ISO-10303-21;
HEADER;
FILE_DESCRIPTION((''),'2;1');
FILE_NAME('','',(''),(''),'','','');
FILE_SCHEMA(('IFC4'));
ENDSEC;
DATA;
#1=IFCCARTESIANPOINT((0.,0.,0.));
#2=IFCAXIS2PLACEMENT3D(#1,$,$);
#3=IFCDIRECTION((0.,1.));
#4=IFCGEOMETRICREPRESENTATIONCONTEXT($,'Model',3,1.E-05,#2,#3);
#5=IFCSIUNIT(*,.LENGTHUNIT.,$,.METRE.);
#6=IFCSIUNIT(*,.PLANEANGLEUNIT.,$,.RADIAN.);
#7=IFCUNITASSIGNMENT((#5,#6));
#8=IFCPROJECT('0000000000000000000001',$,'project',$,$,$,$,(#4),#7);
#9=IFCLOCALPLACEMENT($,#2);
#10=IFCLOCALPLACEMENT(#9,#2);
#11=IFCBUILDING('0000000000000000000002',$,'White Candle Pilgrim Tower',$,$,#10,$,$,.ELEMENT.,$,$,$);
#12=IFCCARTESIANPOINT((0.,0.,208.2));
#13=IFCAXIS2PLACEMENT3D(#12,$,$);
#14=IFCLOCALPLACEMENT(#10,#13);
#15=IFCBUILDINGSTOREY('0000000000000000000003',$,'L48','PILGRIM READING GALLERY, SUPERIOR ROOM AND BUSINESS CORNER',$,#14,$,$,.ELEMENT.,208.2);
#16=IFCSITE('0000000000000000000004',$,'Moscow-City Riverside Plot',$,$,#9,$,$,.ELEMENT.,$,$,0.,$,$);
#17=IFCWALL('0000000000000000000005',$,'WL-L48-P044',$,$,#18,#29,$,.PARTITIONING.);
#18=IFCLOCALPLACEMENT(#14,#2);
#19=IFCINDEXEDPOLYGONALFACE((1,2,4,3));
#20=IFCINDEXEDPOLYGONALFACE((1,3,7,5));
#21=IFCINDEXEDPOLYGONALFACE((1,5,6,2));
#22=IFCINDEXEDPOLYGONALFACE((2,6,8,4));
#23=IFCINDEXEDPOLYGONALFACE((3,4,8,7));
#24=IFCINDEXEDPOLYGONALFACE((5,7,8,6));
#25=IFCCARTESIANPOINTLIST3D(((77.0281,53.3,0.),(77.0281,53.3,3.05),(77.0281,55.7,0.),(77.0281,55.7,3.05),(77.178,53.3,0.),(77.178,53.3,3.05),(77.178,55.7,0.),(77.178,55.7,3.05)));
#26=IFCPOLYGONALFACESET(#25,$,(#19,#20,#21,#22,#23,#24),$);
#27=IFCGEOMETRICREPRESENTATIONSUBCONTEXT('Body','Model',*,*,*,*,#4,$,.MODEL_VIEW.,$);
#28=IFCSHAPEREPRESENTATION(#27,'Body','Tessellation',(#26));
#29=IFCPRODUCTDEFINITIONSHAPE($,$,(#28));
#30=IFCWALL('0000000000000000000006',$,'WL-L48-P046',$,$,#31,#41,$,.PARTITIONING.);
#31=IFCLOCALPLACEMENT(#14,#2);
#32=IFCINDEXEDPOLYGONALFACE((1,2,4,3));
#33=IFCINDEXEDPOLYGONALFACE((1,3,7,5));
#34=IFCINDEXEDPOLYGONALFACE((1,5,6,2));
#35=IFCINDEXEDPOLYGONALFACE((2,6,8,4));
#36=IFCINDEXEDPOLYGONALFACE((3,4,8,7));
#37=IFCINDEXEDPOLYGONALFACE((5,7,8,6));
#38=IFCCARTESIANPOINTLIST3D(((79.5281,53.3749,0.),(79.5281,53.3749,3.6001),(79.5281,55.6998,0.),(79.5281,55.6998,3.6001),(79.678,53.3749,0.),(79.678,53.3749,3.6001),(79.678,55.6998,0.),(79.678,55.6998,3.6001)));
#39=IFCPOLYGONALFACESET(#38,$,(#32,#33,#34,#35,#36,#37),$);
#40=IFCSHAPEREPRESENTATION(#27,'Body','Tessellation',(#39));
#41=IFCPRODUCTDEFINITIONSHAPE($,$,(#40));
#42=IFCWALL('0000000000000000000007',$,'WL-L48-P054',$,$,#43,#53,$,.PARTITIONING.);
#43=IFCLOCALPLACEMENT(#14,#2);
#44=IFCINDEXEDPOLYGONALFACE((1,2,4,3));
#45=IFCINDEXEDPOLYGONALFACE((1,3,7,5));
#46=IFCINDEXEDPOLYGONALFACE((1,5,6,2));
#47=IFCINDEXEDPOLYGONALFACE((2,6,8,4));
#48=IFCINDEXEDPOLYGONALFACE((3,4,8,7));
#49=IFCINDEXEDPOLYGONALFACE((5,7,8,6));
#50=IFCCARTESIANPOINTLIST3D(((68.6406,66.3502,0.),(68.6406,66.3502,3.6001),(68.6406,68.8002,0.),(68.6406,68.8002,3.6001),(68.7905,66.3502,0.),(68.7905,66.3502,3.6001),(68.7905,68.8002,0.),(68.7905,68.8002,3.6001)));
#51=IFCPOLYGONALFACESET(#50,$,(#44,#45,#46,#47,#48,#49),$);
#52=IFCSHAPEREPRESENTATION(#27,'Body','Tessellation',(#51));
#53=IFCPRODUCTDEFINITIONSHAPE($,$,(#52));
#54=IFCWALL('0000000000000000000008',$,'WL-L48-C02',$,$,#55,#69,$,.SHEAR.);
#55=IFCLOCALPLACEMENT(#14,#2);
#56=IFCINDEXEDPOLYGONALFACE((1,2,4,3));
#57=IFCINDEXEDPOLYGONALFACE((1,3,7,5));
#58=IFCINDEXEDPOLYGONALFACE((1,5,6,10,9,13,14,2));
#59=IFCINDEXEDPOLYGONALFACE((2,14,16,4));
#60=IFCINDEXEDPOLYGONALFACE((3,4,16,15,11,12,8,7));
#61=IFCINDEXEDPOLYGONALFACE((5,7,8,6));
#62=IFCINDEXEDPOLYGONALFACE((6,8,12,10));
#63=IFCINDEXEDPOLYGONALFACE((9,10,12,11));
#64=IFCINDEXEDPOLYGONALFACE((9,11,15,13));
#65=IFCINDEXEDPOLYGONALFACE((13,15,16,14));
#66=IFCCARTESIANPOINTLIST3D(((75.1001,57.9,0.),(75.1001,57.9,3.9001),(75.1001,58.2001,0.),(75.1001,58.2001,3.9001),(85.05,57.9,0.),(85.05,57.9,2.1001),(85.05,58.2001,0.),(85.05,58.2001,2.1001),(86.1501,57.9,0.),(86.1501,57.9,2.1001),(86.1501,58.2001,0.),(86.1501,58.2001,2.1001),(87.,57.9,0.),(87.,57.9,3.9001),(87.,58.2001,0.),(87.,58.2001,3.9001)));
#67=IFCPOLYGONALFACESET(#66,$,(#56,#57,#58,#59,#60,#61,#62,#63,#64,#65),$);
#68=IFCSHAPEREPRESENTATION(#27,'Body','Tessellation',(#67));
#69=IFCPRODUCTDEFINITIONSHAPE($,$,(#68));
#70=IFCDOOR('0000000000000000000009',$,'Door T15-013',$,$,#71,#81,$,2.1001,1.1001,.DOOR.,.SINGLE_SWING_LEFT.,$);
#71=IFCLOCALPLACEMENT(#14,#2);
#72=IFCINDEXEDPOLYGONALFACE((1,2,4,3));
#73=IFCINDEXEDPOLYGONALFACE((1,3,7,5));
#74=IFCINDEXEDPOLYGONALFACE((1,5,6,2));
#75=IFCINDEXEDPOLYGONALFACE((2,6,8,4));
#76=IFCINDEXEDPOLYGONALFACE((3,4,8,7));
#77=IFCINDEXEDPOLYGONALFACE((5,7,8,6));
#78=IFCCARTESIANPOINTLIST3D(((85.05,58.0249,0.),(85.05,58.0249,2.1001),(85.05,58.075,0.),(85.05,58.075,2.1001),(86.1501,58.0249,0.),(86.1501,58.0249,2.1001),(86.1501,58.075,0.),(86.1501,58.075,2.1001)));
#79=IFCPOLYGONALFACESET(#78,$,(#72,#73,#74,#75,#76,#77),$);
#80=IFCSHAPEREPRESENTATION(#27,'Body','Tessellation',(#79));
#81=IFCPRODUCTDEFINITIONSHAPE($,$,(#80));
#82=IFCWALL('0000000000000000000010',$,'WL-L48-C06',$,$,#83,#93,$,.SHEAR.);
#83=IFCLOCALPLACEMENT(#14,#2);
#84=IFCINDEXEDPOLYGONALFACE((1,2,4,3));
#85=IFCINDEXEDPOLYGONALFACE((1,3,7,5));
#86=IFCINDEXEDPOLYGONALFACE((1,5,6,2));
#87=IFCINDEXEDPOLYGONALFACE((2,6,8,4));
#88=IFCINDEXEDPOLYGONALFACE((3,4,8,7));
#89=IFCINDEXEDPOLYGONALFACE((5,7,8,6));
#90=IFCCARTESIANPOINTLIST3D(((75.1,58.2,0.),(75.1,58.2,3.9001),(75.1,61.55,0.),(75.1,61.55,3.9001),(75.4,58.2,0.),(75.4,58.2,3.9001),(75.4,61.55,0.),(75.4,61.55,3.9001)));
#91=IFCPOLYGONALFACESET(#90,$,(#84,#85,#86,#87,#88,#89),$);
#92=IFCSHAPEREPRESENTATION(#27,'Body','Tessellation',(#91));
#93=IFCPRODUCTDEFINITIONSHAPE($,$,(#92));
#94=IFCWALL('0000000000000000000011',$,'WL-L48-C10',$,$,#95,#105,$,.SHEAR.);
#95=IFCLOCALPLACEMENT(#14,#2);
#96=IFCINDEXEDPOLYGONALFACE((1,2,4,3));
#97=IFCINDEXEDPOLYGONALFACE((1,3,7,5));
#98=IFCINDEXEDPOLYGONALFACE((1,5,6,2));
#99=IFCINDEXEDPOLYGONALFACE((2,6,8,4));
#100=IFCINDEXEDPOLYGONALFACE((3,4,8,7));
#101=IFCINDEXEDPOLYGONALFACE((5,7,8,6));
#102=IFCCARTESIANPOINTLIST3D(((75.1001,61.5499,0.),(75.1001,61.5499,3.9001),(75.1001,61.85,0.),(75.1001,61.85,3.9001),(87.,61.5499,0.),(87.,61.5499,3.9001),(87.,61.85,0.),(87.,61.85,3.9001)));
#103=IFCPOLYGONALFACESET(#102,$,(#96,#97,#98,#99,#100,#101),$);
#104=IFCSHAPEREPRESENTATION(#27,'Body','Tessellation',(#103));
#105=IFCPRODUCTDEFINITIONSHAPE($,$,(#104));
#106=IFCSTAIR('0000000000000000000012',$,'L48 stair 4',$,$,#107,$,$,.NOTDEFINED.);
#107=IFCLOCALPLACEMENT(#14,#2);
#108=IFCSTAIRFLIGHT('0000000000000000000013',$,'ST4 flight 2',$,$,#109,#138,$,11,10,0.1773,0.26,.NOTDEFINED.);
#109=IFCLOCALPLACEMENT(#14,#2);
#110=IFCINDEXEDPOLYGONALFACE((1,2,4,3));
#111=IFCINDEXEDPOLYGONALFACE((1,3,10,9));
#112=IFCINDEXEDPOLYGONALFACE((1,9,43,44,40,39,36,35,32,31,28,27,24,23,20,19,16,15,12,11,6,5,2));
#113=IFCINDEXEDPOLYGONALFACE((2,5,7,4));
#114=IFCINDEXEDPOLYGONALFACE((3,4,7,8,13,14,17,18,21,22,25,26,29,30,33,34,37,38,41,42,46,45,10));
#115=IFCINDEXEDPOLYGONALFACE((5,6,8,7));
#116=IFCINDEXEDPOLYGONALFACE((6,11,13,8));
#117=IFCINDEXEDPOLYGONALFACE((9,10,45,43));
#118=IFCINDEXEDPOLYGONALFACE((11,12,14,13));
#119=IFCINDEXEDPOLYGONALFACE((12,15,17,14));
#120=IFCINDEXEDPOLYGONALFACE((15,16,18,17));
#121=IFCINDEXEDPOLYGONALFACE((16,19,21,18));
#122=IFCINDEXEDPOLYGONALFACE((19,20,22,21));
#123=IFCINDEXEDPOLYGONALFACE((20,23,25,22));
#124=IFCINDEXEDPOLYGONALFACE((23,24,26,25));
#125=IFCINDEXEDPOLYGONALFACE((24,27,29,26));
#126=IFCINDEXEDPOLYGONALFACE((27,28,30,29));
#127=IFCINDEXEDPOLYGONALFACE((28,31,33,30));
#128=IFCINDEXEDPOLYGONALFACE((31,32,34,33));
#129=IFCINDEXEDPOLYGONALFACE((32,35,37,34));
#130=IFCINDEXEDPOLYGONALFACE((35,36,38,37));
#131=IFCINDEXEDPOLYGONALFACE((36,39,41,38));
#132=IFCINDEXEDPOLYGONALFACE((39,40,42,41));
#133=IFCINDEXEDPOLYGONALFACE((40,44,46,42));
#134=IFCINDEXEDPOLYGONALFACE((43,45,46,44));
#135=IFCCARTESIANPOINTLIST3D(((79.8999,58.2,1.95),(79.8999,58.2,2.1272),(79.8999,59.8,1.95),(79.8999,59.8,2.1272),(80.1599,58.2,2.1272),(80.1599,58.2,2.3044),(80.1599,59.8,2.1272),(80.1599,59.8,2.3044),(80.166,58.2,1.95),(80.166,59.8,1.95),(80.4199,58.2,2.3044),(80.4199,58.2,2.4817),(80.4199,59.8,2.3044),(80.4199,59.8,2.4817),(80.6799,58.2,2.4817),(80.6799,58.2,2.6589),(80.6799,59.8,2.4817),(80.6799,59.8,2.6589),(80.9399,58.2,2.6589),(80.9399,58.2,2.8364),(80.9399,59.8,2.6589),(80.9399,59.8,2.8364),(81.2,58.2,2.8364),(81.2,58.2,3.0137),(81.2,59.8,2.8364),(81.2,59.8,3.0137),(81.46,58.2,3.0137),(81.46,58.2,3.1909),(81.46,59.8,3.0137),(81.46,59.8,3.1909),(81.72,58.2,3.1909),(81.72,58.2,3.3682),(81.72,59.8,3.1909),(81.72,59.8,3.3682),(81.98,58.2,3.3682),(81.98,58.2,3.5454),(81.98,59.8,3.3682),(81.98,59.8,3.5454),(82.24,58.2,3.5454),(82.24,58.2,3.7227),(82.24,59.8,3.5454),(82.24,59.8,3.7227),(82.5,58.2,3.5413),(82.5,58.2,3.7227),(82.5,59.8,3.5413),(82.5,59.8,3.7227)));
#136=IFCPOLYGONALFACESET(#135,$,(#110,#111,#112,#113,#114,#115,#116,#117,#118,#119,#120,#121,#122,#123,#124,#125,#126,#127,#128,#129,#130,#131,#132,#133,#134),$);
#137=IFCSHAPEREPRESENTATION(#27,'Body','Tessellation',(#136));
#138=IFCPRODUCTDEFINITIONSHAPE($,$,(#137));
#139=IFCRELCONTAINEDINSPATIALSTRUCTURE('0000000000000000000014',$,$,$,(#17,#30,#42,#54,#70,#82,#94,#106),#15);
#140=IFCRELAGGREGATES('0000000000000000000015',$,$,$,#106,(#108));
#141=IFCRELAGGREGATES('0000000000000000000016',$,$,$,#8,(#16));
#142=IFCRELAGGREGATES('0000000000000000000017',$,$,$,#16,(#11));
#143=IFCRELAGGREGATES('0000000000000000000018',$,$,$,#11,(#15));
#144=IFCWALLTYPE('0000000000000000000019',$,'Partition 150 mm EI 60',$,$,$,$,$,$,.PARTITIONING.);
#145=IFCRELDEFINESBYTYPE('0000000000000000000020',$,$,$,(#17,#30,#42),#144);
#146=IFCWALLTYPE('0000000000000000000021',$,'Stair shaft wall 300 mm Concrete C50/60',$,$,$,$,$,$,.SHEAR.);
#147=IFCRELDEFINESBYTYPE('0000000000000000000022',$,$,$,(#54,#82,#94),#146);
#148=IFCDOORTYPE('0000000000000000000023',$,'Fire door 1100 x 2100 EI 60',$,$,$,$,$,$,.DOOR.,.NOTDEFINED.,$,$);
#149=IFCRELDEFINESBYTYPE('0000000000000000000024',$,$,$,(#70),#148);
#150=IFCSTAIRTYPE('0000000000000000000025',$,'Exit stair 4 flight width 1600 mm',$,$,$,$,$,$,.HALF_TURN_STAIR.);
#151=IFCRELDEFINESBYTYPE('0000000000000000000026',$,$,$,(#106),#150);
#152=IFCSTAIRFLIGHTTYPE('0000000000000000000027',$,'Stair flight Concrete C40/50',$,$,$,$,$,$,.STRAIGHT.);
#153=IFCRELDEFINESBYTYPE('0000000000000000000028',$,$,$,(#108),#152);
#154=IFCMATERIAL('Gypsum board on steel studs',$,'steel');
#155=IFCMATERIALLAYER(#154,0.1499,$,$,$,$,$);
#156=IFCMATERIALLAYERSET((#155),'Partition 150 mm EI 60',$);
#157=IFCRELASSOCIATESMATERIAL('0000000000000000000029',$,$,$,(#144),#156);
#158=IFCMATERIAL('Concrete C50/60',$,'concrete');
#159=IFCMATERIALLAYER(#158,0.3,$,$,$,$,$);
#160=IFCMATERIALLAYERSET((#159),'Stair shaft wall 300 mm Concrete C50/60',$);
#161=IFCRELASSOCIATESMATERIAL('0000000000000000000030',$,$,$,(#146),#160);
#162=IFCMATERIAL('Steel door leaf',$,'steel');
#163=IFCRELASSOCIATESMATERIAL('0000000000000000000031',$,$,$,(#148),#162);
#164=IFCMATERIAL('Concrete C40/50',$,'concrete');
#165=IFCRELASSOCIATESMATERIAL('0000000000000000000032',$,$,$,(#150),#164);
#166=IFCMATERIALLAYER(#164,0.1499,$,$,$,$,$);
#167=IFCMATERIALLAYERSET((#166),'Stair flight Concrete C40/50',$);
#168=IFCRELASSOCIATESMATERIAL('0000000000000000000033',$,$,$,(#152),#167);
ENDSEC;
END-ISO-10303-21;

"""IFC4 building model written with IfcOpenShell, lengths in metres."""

from ifc_helpers import new_model, si_unit, direction, frame, frame_2d, origin, place, context, subcontext, project, spatial, polyline, rectangle, outline, extrude, material, layer, layer_set, type_object, element, fill, aggregate, save


model = new_model("IFC4")

# Units and contexts
model_context = context("Model", 3, precision=1e-05, world=origin(), true_north=direction((0.0, 1.0)))
body_context = subcontext(model_context, "Body", "Model", "MODEL_VIEW")
ifc_project = project(units=[si_unit("LENGTHUNIT", "METRE"), si_unit("PLANEANGLEUNIT", "RADIAN")], contexts=[model_context])

# Site, building, storey
site_placement = place(None, origin())
site = spatial("IfcSite", under=ifc_project, at=site_placement, Name="Moscow-City Riverside Plot", CompositionType="ELEMENT", RefElevation=0.0)
building_placement = place(site_placement, origin())
building = spatial("IfcBuilding", under=site, at=building_placement, Name="White Candle Pilgrim Tower", CompositionType="ELEMENT")
storey_placement = place(building_placement, frame((0.0, 0.0, 208.2)))
storey = spatial("IfcBuildingStorey", under=building, at=storey_placement, Name="L48", Description="PILGRIM READING GALLERY, SUPERIOR ROOM AND BUSINESS CORNER", CompositionType="ELEMENT", Elevation=208.2)

# Shared definitions
ifc_material_1 = material(Name="Concrete C50/60", Category="concrete")

# Shared definitions
ifc_material_2 = material(Name="Gypsum board on steel studs", Category="steel")
ifc_material_3 = material(Name="Steel door leaf", Category="steel")

# Walls
ifc_layer_1 = layer(ifc_material_2, 0.1499)
ifc_layer_set_1 = layer_set([ifc_layer_1], Name="Partition 150 mm EI 60")
wall_type_1 = type_object("IfcWallType", Name="Partition 150 mm EI 60", PredefinedType="PARTITIONING", material=ifc_layer_set_1)
wall_1_placement = place(storey_placement, frame((77.103, 55.7, 0.0), z_axis=(0.0, 0.0, 1.0), x_axis=(0.0, -1.0, 0.0)))
element("IfcWall", 1, at=wall_1_placement, inside=storey, type_object=wall_type_1, Name="WL-L48-P044", PredefinedType="PARTITIONING", context=body_context, shape_type="SweptSolid", body=[
    extrude(rectangle(XDim=2.3999, YDim=0.1499, at=frame_2d((1.2, 0.0))), origin(), (0.0, 0.0, 1.0), 3.05),
])
wall_2_placement = place(storey_placement, frame((79.603, 55.7, 0.0), z_axis=(0.0, 0.0, 1.0), x_axis=(0.0, -1.0, 0.0)))
element("IfcWall", 2, at=wall_2_placement, inside=storey, type_object=wall_type_1, Name="WL-L48-P046", PredefinedType="PARTITIONING", context=body_context, shape_type="SweptSolid", body=[
    extrude(rectangle(XDim=2.325, YDim=0.1499, at=frame_2d((1.1626, 0.0))), origin(), (0.0, 0.0, 1.0), 3.6001),
])
wall_3_placement = place(storey_placement, frame((68.7156, 66.3501, 0.0), z_axis=(0.0, 0.0, 1.0), x_axis=(0.0, 1.0, 0.0)))
element("IfcWall", 3, at=wall_3_placement, inside=storey, type_object=wall_type_1, Name="WL-L48-P054", PredefinedType="PARTITIONING", context=body_context, shape_type="SweptSolid", body=[
    extrude(rectangle(XDim=2.45, YDim=0.1499, at=frame_2d((1.2251, 0.0))), origin(), (0.0, 0.0, 1.0), 3.6001),
])

# Wall, opening, door
ifc_layer_2 = layer(ifc_material_1, 0.3)
ifc_layer_set_2 = layer_set([ifc_layer_2], Name="Stair shaft wall 300 mm Concrete C50/60")
wall_type_2 = type_object("IfcWallType", Name="Stair shaft wall 300 mm Concrete C50/60", PredefinedType="SHEAR", material=ifc_layer_set_2)
wall_4_placement = place(storey_placement, frame((75.1001, 58.05, 0.0), z_axis=(0.0, 0.0, 1.0), x_axis=(1.0, 0.0, 0.0)))
wall_4 = element("IfcWall", 4, at=wall_4_placement, inside=storey, type_object=wall_type_2, Name="WL-L48-C02", PredefinedType="SHEAR", context=body_context, shape_type="SweptSolid", body=[
    extrude(rectangle(XDim=11.8999, YDim=0.3, at=frame_2d((5.95, 0.0))), origin(), (0.0, 0.0, 1.0), 3.9001),
])
opening_1_placement = place(wall_4_placement, frame((9.95, 0.0, 0.0)))
opening_1 = element("IfcOpeningElement", 5, at=opening_1_placement, cuts=wall_4, PredefinedType="OPENING", context=body_context, shape_type="SweptSolid", body=[
    extrude(rectangle(XDim=1.1001, YDim=2.1001, at=frame_2d((0.55, 1.05))), frame((0.0, 0.1599, 0.0), z_axis=(0.0, -1.0, 0.0), x_axis=(1.0, 0.0, 0.0)), (0.0, 0.0, 1.0), 0.3201),
])
door_type_1 = type_object("IfcDoorType", Name="Fire door 1100 x 2100 EI 60", OperationType="NOTDEFINED", PredefinedType="DOOR", material=ifc_material_3)
door_1_placement = place(opening_1_placement, origin())
door_1 = element("IfcDoor", 6, at=door_1_placement, inside=storey, type_object=door_type_1, Name="Door T15-013", OperationType="SINGLE_SWING_LEFT", OverallHeight=2.1001, OverallWidth=1.1001, PredefinedType="DOOR", context=body_context, shape_type="SweptSolid", body=[
    extrude(rectangle(XDim=1.1001, YDim=2.1001, at=frame_2d((0.55, 1.05))), frame((0.0, 0.0249, 0.0), z_axis=(0.0, -1.0, 0.0), x_axis=(1.0, 0.0, 0.0)), (0.0, 0.0, 1.0), 0.05),
])
fill(opening_1, door_1)

# Walls
wall_5_placement = place(storey_placement, frame((75.25, 58.2, 0.0), z_axis=(0.0, 0.0, 1.0), x_axis=(0.0, 1.0, 0.0)))
element("IfcWall", 7, at=wall_5_placement, inside=storey, type_object=wall_type_2, Name="WL-L48-C06", PredefinedType="SHEAR", context=body_context, shape_type="SweptSolid", body=[
    extrude(rectangle(XDim=3.3501, YDim=0.3, at=frame_2d((1.675, 0.0))), origin(), (0.0, 0.0, 1.0), 3.9001),
])
wall_6_placement = place(storey_placement, frame((75.1001, 61.7, 0.0), z_axis=(0.0, 0.0, 1.0), x_axis=(1.0, 0.0, 0.0)))
element("IfcWall", 8, at=wall_6_placement, inside=storey, type_object=wall_type_2, Name="WL-L48-C10", PredefinedType="SHEAR", context=body_context, shape_type="SweptSolid", body=[
    extrude(rectangle(XDim=11.8999, YDim=0.3, at=frame_2d((5.95, 0.0))), origin(), (0.0, 0.0, 1.0), 3.9001),
])

# Stair, stair flight
ifc_material_4 = material(Name="Concrete C40/50", Category="concrete")
stair_type = type_object("IfcStairType", Name="Exit stair 4 flight width 1600 mm", PredefinedType="HALF_TURN_STAIR", material=ifc_material_4)
stair_placement = place(storey_placement, origin())
stair = element("IfcStair", 9, at=stair_placement, inside=storey, type_object=stair_type, Name="L48 stair 4", PredefinedType="NOTDEFINED")
ifc_layer_3 = layer(ifc_material_4, 0.1499)
ifc_layer_set_3 = layer_set([ifc_layer_3], Name="Stair flight Concrete C40/50")
stair_flight_type = type_object("IfcStairFlightType", Name="Stair flight Concrete C40/50", PredefinedType="STRAIGHT", material=ifc_layer_set_3)
stair_flight_placement = place(storey_placement, frame((79.8999, 59.0, 1.95), z_axis=(0.0, 0.0, 1.0), x_axis=(1.0, 0.0, 0.0)))
stair_flight = element("IfcStairFlight", 10, at=stair_flight_placement, type_object=stair_flight_type, Name="ST4 flight 2", NumberOfRisers=11, NumberOfTreads=10, PredefinedType="NOTDEFINED", RiserHeight=0.1773, TreadLength=0.26, context=body_context, shape_type="SweptSolid", body=[
    extrude(outline(polyline([(0.0, 0.0), (0.0, 0.1772), (0.26, 0.1772), (0.26, 0.3545), (0.52, 0.3545), (0.52, 0.5317), (0.78, 0.5317), (0.78, 0.709), (1.04, 0.709), (1.04, 0.8865), (1.3, 0.8865), (1.3, 1.0637), (1.5601, 1.0637), (1.5601, 1.241), (1.8201, 1.241), (1.8201, 1.4182), (2.0801, 1.4182), (2.0801, 1.5955), (2.3401, 1.5955), (2.3401, 1.7727), (2.6001, 1.7727), (2.6001, 1.95), (2.6001, 1.5913), (0.2661, 0.0), (0.0, 0.0)])), frame((0.0, 0.8, 0.0), z_axis=(0.0, -1.0, 0.0), x_axis=(1.0, 0.0, 0.0)), (0.0, 0.0, 1.0), 1.6001),
])
aggregate(stair, [stair_flight])

save(model, "model.ifc")
